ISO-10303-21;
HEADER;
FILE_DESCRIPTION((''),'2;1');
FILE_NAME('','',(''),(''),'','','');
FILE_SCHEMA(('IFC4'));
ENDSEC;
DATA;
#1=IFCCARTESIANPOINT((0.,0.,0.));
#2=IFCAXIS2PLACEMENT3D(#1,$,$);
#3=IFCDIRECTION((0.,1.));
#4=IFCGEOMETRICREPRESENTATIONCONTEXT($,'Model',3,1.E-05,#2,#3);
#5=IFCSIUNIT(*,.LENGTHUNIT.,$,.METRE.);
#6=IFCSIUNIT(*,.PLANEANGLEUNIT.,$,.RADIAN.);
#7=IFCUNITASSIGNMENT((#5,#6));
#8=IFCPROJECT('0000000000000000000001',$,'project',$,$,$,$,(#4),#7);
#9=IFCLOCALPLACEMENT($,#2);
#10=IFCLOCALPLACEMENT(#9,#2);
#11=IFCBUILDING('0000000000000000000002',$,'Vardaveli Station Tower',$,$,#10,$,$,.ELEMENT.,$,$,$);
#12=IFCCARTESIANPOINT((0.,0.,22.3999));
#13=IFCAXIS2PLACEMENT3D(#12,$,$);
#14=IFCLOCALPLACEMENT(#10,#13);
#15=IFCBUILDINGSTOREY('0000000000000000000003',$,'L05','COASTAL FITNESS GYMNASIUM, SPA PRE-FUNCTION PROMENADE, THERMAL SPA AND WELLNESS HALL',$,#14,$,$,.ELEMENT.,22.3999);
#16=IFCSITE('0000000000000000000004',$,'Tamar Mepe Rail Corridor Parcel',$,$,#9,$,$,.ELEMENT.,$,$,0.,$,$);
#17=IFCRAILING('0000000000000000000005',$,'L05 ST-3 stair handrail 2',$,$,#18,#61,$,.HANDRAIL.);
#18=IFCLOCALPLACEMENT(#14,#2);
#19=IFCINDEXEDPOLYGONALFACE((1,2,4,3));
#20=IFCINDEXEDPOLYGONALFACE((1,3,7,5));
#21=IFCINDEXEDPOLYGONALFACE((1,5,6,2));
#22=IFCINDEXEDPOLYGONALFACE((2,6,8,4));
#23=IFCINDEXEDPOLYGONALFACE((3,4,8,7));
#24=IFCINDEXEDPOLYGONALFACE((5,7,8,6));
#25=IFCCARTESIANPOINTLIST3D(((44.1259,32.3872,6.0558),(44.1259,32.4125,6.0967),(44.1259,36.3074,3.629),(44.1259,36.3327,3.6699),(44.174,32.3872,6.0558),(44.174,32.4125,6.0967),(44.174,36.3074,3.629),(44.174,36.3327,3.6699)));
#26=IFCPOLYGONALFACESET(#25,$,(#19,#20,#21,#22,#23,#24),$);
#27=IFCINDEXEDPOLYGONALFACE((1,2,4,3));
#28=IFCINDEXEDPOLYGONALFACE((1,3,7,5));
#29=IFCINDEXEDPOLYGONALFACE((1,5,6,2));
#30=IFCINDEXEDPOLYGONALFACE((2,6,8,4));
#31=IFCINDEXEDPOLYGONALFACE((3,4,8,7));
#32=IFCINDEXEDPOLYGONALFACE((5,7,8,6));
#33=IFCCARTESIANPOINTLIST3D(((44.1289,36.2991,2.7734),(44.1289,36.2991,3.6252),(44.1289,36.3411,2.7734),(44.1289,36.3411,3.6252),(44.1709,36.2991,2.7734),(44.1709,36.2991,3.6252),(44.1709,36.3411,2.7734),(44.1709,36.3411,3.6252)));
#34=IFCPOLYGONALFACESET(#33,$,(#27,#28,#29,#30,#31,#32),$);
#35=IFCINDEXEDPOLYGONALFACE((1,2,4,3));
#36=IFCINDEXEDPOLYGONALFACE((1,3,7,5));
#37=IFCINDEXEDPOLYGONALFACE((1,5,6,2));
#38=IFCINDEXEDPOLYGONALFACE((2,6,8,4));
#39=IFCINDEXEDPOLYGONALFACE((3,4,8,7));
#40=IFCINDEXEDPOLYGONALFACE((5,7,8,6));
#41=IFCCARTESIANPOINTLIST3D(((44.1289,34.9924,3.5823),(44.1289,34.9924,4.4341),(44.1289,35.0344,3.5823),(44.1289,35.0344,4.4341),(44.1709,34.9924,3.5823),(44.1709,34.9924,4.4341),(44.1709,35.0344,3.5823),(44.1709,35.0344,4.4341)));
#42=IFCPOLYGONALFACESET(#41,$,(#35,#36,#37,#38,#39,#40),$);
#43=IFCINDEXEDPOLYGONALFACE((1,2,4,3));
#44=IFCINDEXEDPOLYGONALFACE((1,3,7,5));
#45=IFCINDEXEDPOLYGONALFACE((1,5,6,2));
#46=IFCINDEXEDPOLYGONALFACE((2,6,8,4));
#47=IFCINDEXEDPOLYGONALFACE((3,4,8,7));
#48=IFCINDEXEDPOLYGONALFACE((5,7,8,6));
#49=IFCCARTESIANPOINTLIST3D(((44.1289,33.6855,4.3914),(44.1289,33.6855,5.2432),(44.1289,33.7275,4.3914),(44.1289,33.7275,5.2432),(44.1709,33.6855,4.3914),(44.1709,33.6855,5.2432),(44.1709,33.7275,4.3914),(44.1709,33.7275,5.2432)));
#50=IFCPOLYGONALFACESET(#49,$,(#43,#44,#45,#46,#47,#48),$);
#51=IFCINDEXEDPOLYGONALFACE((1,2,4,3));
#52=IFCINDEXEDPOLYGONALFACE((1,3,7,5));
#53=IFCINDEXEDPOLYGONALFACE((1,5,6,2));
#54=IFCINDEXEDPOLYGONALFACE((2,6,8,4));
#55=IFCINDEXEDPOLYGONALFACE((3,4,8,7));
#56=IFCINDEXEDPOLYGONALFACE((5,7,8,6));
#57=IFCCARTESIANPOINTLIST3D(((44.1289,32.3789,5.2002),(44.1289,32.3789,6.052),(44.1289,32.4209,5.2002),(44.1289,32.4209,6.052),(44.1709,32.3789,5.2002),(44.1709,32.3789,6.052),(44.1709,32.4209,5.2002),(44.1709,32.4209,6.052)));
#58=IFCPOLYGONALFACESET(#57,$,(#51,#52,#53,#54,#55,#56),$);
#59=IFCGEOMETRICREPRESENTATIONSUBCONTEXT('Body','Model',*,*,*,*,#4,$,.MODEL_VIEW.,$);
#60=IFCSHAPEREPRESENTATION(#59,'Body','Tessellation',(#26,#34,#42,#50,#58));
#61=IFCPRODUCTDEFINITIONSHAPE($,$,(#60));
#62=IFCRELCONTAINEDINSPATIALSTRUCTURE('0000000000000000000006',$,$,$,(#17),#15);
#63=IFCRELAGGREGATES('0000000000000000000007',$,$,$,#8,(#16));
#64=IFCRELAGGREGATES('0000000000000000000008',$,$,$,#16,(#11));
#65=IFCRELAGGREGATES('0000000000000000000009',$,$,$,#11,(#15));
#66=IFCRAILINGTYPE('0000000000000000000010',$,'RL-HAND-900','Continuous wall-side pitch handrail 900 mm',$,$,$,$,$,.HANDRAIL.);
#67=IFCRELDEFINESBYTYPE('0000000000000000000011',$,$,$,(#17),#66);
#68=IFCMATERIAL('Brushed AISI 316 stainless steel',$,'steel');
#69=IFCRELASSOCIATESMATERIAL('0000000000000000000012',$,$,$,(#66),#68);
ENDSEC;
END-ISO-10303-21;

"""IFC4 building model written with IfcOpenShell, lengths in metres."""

from ifc_helpers import new_model, si_unit, direction, frame, origin, origin_2d, place, context, subcontext, project, spatial, rectangle, extrude, source, transform, mapped, material, type_object, element, save


model = new_model("IFC4")

# Units and contexts
model_context = context("Model", 3, precision=1e-05, world=origin(), true_north=direction((0.0, 1.0)))
body_context = subcontext(model_context, "Body", "Model", "MODEL_VIEW")
ifc_project = project(units=[si_unit("LENGTHUNIT", "METRE"), si_unit("PLANEANGLEUNIT", "RADIAN")], contexts=[model_context])

# Site, building, storey
site_placement = place(None, origin())
site = spatial("IfcSite", under=ifc_project, at=site_placement, Name="Tamar Mepe Rail Corridor Parcel", CompositionType="ELEMENT", RefElevation=0.0)
building_placement = place(site_placement, origin())
building = spatial("IfcBuilding", under=site, at=building_placement, Name="Vardaveli Station Tower", CompositionType="ELEMENT")
storey_placement = place(building_placement, frame((0.0, 0.0, 22.3999)))
storey = spatial("IfcBuildingStorey", under=building, at=storey_placement, Name="L05", Description="COASTAL FITNESS GYMNASIUM, SPA PRE-FUNCTION PROMENADE, THERMAL SPA AND WELLNESS HALL", CompositionType="ELEMENT", Elevation=22.3999)

# Railing
ifc_material_1 = material(Name="Brushed AISI 316 stainless steel", Category="steel")
railing_type_1 = type_object("IfcRailingType", Name="RL-HAND-900", Description="Continuous wall-side pitch handrail 900 mm", PredefinedType="HANDRAIL", material=ifc_material_1)
shared_shape_1 = source(origin(), body_context, "Body", "SweptSolid", [
    extrude(rectangle(XDim=0.0481, YDim=0.0481, at=origin_2d()), frame((0.0, 0.0, 0.876), z_axis=(0.0, -0.850266, 0.526353), x_axis=(1.0, 0.0, 0.0)), (0.0, 0.0, 1.0), 4.6106),
    extrude(rectangle(XDim=0.042, YDim=0.042, at=origin_2d()), origin(), (0.0, 0.0, 1.0), 0.8518),
    extrude(rectangle(XDim=0.042, YDim=0.042, at=origin_2d()), frame((0.0, -1.3066, 0.8088)), (0.0, 0.0, 1.0), 0.8518),
    extrude(rectangle(XDim=0.042, YDim=0.042, at=origin_2d()), frame((0.0, -2.6135, 1.6179)), (0.0, 0.0, 1.0), 0.8518),
    extrude(rectangle(XDim=0.042, YDim=0.042, at=origin_2d()), frame((0.0, -3.9202, 2.4268)), (0.0, 0.0, 1.0), 0.8518),
])
railing_1_placement = place(storey_placement, frame((44.1499, 36.3201, 2.7734)))
element("IfcRailing", 1, at=railing_1_placement, inside=storey, type_object=railing_type_1, Name="L05 ST-3 stair handrail 2", PredefinedType="HANDRAIL", context=body_context, shape_type="MappedRepresentation", body=[
    mapped(shared_shape_1, transform((0.0, 0.0, 0.0), scale=1.0)),
])

save(model, "model.ifc")
